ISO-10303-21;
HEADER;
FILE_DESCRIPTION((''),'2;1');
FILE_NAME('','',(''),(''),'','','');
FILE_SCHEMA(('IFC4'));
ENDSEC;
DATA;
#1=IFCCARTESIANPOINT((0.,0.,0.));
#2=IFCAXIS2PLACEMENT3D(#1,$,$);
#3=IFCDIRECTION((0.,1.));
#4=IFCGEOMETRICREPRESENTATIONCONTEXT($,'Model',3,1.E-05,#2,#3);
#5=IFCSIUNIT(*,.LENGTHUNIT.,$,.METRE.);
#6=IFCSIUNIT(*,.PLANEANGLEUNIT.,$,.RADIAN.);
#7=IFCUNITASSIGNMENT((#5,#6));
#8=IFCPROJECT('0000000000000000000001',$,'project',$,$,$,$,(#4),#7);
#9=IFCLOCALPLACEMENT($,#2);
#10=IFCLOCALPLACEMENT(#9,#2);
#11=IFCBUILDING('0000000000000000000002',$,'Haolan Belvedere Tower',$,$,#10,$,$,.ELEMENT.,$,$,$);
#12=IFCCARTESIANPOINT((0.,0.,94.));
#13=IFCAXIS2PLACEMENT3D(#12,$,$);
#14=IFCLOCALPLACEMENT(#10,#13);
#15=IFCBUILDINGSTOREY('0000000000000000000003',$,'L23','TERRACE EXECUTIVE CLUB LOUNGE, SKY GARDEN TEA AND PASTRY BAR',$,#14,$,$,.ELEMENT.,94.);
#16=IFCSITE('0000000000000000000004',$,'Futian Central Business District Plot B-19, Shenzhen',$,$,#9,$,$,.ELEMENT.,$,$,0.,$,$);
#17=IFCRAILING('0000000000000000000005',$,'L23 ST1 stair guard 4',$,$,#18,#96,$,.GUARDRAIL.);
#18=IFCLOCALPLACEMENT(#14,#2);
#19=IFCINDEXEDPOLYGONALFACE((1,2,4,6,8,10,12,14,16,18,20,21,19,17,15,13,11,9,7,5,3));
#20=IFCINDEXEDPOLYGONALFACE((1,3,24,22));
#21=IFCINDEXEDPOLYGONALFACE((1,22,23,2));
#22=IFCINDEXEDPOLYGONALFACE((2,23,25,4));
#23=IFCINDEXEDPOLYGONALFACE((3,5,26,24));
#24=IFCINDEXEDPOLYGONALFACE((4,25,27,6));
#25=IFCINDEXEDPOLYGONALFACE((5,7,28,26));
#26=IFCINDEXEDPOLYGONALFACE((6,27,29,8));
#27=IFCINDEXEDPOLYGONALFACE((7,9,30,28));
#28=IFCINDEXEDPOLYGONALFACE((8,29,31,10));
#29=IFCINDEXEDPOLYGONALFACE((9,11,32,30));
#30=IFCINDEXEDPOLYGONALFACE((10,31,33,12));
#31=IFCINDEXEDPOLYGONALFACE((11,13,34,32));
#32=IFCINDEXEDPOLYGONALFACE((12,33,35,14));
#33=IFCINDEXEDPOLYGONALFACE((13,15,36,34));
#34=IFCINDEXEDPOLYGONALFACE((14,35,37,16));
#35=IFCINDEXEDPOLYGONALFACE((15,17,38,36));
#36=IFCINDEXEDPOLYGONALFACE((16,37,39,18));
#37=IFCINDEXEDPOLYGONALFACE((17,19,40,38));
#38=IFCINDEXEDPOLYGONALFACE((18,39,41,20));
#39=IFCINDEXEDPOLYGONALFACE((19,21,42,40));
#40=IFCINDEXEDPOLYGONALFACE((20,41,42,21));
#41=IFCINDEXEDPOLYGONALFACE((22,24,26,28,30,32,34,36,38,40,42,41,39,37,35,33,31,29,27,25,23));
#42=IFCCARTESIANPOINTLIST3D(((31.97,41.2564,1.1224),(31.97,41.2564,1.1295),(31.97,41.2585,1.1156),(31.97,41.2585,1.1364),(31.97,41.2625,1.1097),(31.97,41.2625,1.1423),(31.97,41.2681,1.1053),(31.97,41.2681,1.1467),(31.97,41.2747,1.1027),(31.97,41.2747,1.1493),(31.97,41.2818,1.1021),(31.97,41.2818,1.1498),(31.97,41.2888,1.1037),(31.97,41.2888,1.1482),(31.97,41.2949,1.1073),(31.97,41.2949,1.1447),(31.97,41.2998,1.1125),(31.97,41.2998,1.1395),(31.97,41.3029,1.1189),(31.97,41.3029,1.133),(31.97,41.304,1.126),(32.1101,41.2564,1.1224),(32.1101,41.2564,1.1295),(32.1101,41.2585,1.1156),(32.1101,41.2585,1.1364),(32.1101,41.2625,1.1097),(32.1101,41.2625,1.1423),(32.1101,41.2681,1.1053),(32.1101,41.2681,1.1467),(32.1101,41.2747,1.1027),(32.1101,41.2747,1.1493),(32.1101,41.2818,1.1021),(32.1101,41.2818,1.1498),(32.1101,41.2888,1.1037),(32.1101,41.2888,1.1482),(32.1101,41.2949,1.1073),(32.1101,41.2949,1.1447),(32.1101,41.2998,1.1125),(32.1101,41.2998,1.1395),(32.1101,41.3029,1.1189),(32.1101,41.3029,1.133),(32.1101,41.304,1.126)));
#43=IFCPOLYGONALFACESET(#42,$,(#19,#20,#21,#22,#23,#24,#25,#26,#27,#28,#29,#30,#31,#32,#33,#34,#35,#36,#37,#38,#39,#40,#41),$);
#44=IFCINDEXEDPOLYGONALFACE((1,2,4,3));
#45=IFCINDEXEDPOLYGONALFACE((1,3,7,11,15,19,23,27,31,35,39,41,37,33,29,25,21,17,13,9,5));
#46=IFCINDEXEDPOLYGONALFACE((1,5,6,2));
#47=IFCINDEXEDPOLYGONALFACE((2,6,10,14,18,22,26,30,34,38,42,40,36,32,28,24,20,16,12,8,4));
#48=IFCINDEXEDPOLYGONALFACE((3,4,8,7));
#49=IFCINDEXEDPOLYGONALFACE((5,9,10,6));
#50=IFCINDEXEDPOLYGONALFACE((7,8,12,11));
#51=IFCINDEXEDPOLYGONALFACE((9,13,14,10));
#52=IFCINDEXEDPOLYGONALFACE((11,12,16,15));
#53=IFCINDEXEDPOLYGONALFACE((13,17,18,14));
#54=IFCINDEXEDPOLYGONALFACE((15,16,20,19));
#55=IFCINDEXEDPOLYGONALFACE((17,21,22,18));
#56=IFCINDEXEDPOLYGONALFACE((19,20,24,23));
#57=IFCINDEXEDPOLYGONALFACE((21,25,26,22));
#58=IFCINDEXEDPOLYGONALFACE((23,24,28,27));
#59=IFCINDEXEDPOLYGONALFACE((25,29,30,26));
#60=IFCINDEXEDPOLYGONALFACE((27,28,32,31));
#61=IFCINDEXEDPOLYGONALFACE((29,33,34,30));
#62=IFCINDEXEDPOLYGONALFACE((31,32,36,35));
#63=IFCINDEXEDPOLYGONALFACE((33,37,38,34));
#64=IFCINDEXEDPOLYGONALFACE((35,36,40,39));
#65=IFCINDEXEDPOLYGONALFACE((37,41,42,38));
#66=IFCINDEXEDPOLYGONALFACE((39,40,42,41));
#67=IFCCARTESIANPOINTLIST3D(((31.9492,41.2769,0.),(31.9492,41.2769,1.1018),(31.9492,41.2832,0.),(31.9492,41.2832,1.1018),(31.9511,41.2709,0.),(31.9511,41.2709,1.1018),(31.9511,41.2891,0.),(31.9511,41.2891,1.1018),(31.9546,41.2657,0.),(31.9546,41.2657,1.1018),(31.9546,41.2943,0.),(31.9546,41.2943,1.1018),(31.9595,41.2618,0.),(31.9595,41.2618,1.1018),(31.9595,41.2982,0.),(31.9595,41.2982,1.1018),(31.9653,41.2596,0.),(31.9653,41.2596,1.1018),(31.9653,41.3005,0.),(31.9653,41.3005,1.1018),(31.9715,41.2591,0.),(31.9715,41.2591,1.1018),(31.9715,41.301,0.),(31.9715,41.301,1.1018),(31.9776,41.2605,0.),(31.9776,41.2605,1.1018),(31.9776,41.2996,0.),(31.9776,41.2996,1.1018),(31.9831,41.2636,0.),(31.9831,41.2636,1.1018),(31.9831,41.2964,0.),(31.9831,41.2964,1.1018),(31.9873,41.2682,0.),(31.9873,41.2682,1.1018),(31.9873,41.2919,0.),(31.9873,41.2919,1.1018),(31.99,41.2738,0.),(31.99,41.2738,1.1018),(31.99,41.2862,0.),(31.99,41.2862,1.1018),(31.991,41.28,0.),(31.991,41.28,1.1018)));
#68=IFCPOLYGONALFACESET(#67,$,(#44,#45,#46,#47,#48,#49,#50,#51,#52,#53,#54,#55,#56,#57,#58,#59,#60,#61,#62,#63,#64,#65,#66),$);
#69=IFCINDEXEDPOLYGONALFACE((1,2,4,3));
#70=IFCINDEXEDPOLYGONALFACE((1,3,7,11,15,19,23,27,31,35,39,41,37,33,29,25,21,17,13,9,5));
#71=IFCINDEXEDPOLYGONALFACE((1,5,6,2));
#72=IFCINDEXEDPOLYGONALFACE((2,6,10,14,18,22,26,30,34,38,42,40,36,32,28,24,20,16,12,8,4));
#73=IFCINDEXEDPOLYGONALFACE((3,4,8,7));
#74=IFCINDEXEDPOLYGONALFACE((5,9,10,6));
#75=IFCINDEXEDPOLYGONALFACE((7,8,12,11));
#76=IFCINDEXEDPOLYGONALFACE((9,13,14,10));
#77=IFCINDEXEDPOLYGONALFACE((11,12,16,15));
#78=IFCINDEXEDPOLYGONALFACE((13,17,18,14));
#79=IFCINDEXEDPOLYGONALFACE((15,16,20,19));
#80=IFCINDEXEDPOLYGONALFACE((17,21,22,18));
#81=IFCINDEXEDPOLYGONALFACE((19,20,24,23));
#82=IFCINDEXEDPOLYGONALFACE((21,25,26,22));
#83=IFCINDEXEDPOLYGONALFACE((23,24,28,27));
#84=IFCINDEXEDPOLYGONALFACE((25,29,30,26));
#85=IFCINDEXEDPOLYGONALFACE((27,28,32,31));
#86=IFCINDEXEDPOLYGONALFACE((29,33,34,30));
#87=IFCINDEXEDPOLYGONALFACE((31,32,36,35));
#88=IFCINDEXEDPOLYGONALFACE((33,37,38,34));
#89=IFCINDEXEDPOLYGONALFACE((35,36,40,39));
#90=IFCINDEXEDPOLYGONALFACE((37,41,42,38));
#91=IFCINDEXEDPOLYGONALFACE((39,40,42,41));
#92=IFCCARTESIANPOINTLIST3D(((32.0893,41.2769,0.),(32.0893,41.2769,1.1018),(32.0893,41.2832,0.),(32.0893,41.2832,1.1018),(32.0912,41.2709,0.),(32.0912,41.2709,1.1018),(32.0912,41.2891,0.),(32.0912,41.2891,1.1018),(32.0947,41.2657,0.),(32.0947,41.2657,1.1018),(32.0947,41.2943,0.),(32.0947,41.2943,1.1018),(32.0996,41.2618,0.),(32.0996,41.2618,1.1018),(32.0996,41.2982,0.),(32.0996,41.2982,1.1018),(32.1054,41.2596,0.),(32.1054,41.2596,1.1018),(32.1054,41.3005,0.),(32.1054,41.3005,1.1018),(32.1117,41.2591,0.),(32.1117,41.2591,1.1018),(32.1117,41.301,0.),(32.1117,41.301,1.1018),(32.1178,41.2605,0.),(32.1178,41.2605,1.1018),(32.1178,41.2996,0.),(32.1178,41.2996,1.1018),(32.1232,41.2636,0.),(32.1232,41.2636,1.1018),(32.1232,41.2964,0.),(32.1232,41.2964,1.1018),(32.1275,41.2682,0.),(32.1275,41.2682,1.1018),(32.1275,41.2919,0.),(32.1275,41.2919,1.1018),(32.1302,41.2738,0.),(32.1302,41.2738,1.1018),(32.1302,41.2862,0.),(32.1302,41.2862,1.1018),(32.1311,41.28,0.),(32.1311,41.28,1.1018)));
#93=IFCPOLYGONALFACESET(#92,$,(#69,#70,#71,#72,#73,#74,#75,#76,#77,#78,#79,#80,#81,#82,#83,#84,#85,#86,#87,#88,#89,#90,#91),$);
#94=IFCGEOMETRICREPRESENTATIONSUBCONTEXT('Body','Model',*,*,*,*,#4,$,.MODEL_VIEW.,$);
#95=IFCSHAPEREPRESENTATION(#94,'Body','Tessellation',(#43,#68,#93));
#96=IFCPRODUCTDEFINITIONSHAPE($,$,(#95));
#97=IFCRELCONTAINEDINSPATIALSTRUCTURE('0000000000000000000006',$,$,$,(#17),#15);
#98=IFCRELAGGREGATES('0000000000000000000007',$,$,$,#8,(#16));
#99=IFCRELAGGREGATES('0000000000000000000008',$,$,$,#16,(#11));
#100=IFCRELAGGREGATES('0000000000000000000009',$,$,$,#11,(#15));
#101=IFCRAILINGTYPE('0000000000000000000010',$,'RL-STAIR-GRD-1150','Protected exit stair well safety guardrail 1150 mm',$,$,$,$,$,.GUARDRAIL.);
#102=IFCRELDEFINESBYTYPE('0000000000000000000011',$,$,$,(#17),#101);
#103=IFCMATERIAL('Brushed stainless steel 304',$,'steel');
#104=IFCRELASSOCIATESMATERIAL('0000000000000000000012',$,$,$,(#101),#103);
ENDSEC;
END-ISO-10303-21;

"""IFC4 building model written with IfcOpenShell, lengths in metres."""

from ifc_helpers import new_model, si_unit, direction, frame, origin, origin_2d, place, context, subcontext, project, spatial, circle, extrude, material, type_object, element, save


model = new_model("IFC4")

# Units and contexts
model_context = context("Model", 3, precision=1e-05, world=origin(), true_north=direction((0.0, 1.0)))
body_context = subcontext(model_context, "Body", "Model", "MODEL_VIEW")
ifc_project = project(units=[si_unit("LENGTHUNIT", "METRE"), si_unit("PLANEANGLEUNIT", "RADIAN")], contexts=[model_context])

# Site, building, storey
site_placement = place(None, origin())
site = spatial("IfcSite", under=ifc_project, at=site_placement, Name="Futian Central Business District Plot B-19, Shenzhen", CompositionType="ELEMENT", RefElevation=0.0)
building_placement = place(site_placement, origin())
building = spatial("IfcBuilding", under=site, at=building_placement, Name="Haolan Belvedere Tower", CompositionType="ELEMENT")
storey_placement = place(building_placement, frame((0.0, 0.0, 94.0)))
storey = spatial("IfcBuildingStorey", under=building, at=storey_placement, Name="L23", Description="TERRACE EXECUTIVE CLUB LOUNGE, SKY GARDEN TEA AND PASTRY BAR", CompositionType="ELEMENT", Elevation=94.0)

# Railing
ifc_material_1 = material(Name="Brushed stainless steel 304", Category="steel")
railing_type_1 = type_object("IfcRailingType", Name="RL-STAIR-GRD-1150", Description="Protected exit stair well safety guardrail 1150 mm", PredefinedType="GUARDRAIL", material=ifc_material_1)
railing_1_placement = place(storey_placement, frame((31.97, 41.28, 0.0)))
element("IfcRailing", 1, at=railing_1_placement, inside=storey, type_object=railing_type_1, Name="L23 ST1 stair guard 4", PredefinedType="GUARDRAIL", context=body_context, shape_type="SweptSolid", body=[
    extrude(circle(Radius=0.0239, at=origin_2d()), frame((0.0, 0.0, 1.126), z_axis=(1.0, 0.0, 0.0), x_axis=(0.0, 1.0, 0.0)), (0.0, 0.0, 1.0), 0.1401),
    extrude(circle(Radius=0.021, at=origin_2d()), origin(), (0.0, 0.0, 1.0), 1.1018),
    extrude(circle(Radius=0.021, at=origin_2d()), frame((0.1401, 0.0, 0.0)), (0.0, 0.0, 1.0), 1.1018),
])

save(model, "model.ifc")
